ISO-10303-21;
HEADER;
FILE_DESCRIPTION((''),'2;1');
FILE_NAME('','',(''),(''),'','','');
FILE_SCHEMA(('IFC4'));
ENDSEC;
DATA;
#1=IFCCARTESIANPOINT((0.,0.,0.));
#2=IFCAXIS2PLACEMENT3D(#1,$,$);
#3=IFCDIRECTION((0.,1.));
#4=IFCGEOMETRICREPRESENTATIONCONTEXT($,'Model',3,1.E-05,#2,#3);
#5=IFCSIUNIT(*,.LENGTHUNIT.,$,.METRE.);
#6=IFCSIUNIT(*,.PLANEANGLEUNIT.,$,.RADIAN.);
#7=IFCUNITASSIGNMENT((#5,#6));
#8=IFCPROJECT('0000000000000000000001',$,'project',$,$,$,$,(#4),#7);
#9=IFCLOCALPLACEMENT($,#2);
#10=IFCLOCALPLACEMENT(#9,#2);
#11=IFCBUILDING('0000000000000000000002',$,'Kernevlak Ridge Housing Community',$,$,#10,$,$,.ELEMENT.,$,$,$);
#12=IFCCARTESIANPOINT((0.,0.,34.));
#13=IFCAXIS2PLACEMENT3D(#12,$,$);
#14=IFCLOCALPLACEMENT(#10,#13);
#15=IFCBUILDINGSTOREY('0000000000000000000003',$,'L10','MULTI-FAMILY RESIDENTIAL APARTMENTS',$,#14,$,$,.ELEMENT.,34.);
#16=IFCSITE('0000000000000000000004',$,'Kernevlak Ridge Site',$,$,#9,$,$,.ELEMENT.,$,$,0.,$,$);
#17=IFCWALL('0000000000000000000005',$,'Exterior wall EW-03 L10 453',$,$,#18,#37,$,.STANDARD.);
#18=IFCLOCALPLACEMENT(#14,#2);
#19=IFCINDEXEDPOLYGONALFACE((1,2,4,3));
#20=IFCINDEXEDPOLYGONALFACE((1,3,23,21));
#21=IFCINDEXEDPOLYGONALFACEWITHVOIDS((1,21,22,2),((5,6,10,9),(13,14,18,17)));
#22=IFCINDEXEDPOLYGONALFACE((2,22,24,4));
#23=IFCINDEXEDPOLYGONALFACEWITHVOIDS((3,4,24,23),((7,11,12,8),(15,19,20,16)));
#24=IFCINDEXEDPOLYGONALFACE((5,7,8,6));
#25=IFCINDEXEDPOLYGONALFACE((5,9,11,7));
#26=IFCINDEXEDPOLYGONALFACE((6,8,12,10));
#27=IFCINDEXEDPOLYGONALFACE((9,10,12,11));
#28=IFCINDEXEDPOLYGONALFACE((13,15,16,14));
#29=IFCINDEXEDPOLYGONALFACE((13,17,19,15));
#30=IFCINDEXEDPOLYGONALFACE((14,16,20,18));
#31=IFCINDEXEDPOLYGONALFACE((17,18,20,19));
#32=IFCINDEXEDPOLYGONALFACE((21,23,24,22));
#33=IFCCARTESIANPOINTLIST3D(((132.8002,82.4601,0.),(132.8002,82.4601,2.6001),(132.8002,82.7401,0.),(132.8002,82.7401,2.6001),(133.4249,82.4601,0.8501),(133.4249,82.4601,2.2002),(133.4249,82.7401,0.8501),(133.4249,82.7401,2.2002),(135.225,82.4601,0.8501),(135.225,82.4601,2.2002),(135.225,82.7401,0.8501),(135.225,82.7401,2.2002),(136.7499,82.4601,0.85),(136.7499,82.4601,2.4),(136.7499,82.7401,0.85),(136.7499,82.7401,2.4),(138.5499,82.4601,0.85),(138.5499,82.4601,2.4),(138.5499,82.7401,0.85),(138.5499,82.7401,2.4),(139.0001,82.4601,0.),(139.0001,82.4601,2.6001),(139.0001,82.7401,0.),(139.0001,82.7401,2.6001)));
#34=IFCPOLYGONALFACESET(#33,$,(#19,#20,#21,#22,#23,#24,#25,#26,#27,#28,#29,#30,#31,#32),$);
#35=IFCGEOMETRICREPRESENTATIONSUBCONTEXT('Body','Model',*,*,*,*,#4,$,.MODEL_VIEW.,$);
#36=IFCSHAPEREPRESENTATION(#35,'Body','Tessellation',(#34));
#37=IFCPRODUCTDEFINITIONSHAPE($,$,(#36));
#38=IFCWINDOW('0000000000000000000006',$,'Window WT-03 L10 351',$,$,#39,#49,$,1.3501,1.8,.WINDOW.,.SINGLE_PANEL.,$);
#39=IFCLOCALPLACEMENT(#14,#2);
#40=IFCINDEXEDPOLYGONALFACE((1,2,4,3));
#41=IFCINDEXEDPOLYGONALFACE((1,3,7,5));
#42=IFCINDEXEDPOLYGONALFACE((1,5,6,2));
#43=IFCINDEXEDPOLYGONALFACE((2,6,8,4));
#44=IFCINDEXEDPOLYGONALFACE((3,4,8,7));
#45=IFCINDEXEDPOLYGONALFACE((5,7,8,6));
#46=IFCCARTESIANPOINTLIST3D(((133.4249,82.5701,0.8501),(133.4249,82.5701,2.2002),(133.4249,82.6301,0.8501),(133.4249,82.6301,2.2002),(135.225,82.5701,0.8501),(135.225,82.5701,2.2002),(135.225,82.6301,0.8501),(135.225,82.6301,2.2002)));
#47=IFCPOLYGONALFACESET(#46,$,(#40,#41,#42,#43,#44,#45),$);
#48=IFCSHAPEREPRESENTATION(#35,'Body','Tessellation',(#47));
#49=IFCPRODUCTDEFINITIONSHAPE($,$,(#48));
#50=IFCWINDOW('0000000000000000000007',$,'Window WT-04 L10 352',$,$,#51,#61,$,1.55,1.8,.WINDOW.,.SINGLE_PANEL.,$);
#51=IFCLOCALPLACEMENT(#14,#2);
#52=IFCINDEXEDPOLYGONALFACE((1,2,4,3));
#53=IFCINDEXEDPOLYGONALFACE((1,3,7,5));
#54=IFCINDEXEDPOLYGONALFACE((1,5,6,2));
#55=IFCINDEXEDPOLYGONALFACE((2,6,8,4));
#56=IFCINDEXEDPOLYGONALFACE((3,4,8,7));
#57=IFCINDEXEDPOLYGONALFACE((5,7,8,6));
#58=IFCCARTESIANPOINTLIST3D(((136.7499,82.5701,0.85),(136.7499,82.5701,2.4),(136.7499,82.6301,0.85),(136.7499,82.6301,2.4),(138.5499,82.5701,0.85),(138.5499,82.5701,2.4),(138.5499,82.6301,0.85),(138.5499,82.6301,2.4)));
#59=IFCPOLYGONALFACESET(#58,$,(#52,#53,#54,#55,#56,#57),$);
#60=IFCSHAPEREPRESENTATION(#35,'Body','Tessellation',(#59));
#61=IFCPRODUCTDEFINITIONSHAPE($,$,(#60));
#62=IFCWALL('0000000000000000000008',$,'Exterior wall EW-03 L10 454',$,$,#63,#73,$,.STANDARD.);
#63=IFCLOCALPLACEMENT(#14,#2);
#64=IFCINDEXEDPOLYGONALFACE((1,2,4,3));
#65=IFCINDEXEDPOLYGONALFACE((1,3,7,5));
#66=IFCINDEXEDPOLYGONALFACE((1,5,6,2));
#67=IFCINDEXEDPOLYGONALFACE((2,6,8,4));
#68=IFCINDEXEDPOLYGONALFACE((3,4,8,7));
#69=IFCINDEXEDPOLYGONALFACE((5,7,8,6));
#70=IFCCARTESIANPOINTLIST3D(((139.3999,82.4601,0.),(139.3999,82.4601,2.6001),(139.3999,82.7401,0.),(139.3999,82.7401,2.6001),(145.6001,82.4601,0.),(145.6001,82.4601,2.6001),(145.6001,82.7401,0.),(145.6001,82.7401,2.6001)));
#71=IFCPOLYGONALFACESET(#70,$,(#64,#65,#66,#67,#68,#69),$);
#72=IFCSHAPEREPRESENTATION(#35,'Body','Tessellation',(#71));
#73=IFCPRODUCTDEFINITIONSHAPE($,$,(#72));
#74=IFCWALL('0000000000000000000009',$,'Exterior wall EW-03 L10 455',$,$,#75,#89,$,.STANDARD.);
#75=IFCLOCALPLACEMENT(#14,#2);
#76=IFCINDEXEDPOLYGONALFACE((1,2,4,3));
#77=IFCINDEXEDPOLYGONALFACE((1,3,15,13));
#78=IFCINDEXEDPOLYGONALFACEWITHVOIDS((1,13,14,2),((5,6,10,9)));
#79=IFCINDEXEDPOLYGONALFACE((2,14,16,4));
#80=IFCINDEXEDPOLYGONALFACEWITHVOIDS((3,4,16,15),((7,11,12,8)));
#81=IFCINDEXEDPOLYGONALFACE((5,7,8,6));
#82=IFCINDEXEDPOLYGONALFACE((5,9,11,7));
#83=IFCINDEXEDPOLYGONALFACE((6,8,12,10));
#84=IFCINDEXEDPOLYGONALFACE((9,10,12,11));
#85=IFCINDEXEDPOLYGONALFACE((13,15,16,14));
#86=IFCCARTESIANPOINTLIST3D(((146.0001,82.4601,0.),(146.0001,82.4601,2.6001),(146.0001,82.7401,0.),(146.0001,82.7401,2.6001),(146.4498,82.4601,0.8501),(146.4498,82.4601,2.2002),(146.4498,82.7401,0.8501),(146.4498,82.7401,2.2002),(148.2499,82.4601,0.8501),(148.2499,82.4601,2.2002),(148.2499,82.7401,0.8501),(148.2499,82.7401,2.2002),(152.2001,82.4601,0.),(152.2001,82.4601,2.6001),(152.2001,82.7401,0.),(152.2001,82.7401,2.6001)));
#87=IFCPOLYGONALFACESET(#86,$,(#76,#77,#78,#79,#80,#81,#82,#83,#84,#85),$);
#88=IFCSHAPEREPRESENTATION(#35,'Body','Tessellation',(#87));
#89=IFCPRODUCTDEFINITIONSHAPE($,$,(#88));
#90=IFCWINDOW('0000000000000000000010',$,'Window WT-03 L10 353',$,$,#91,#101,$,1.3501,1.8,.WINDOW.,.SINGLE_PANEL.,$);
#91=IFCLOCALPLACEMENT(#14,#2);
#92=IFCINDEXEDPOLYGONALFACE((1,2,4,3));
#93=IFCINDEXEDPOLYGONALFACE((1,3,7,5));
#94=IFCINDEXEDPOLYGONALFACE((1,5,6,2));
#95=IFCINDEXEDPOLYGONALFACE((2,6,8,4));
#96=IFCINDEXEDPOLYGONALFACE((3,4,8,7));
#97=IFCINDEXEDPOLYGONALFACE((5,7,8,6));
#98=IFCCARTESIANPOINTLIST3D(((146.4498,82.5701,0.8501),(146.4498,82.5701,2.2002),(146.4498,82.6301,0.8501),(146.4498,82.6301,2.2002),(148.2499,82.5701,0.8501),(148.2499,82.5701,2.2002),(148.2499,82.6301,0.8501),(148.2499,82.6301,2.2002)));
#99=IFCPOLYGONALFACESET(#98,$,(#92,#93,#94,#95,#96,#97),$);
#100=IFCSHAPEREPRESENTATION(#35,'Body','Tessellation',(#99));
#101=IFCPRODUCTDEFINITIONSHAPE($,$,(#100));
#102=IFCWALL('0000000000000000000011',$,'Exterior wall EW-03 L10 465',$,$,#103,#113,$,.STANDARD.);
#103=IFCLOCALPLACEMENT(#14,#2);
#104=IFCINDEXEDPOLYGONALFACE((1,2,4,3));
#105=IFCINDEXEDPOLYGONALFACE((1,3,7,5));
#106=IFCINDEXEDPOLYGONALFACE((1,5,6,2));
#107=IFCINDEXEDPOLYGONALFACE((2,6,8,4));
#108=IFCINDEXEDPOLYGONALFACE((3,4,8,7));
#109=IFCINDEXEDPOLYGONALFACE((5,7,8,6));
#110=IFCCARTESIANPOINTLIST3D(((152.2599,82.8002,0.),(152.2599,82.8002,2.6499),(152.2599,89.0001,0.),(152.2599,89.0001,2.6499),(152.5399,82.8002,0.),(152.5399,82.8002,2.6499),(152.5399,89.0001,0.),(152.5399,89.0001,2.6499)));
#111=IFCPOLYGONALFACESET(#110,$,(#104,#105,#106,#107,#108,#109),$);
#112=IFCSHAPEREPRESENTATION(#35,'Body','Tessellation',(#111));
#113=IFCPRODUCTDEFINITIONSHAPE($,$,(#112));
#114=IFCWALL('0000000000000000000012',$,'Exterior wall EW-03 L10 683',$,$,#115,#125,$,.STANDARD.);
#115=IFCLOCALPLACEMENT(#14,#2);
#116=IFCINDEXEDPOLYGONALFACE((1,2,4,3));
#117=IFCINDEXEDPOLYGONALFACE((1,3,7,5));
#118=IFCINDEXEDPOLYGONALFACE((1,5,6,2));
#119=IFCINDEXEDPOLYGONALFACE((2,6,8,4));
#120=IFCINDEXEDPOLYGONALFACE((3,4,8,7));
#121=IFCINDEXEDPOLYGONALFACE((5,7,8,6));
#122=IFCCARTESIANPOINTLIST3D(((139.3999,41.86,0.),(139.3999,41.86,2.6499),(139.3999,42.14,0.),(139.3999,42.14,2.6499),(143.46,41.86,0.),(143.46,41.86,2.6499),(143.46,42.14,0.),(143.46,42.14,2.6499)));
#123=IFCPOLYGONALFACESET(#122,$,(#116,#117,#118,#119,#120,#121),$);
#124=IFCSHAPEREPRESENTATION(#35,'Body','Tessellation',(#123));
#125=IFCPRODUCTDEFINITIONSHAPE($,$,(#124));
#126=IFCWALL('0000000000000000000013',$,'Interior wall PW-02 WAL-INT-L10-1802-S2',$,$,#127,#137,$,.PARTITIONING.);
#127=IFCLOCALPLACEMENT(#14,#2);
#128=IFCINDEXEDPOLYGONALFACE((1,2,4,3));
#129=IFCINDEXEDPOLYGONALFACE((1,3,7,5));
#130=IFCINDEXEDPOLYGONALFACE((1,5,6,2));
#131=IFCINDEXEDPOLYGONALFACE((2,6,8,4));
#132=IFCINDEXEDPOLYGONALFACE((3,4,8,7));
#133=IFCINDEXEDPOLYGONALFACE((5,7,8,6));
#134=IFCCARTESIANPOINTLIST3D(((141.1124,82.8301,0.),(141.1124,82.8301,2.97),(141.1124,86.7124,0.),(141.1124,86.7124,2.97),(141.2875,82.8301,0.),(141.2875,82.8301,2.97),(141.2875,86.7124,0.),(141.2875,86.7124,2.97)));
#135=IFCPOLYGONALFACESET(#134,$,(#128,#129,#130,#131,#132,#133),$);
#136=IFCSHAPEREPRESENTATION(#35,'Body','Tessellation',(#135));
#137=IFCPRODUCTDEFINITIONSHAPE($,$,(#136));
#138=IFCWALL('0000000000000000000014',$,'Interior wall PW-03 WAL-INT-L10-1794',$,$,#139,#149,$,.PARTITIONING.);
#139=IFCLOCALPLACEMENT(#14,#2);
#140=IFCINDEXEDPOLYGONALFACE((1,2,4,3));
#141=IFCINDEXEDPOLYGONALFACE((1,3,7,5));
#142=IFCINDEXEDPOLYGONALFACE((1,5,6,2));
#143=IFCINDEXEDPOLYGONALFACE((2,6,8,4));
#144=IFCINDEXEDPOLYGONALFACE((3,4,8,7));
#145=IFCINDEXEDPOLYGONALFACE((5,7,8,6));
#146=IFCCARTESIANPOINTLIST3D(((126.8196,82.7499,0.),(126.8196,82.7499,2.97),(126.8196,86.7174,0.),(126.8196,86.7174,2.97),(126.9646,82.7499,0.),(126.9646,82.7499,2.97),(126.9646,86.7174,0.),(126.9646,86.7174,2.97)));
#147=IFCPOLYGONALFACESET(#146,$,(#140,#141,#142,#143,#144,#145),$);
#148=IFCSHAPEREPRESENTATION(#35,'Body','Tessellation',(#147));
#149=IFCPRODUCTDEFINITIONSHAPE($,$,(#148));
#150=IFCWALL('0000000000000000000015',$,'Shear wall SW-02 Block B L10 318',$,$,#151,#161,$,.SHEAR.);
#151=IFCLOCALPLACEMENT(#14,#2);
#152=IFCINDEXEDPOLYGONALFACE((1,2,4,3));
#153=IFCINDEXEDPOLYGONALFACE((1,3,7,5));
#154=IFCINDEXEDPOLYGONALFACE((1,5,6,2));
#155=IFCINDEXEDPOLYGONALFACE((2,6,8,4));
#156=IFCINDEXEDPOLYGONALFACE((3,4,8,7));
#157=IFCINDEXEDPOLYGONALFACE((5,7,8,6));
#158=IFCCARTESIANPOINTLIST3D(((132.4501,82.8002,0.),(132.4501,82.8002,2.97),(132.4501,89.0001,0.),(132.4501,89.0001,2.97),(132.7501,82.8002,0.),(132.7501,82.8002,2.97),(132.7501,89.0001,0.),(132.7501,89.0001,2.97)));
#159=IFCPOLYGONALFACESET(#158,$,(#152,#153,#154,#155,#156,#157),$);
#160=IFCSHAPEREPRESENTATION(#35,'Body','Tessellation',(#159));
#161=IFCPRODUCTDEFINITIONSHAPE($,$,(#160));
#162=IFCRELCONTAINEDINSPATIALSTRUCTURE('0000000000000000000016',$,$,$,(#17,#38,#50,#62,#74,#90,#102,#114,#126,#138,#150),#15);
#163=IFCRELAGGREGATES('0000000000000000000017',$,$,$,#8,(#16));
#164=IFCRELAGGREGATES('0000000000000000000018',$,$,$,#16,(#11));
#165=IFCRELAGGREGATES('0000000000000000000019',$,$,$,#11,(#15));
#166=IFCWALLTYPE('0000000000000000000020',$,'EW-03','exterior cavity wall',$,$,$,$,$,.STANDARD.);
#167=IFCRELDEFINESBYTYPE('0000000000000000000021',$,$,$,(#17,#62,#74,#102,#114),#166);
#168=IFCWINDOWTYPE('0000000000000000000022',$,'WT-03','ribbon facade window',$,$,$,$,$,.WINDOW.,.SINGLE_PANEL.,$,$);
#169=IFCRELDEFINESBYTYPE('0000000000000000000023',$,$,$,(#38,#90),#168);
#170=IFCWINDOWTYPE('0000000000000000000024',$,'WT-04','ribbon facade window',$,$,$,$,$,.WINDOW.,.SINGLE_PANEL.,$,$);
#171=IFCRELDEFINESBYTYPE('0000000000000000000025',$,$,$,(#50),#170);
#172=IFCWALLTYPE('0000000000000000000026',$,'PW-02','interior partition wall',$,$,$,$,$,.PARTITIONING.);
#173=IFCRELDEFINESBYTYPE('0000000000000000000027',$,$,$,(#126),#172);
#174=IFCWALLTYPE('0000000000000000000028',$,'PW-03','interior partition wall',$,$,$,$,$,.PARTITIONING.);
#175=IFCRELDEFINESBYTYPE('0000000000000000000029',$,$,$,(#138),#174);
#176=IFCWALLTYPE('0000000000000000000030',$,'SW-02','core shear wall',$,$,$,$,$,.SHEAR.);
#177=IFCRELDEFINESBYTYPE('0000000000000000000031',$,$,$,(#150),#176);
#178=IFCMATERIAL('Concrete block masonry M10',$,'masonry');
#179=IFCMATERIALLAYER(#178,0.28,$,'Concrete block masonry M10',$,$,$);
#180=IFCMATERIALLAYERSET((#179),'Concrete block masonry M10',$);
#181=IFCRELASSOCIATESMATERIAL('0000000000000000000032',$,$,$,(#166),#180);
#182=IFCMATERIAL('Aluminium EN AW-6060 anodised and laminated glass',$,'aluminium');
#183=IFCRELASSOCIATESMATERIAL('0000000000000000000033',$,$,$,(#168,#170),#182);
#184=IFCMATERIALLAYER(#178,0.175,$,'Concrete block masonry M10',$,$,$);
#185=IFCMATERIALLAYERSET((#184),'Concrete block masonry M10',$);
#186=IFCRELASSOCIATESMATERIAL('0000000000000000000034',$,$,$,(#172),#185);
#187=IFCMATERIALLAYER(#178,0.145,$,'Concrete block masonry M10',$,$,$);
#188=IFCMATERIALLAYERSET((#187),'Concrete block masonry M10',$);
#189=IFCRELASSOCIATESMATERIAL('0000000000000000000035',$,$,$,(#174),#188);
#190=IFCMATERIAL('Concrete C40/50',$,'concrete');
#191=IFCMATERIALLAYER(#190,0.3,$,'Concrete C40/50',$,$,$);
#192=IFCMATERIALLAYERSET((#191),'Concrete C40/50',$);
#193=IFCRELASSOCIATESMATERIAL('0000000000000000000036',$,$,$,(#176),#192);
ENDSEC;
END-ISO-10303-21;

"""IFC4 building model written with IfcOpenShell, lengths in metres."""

from ifc_helpers import new_model, si_unit, direction, frame, frame_2d, origin, place, context, subcontext, project, spatial, rectangle, extrude, material, layer, layer_set, type_object, element, fill, save


model = new_model("IFC4")

# Units and contexts
model_context = context("Model", 3, precision=1e-05, world=origin(), true_north=direction((0.0, 1.0)))
body_context = subcontext(model_context, "Body", "Model", "MODEL_VIEW")
ifc_project = project(units=[si_unit("LENGTHUNIT", "METRE"), si_unit("PLANEANGLEUNIT", "RADIAN")], contexts=[model_context])

# Site, building, storey
site_placement = place(None, origin())
site = spatial("IfcSite", under=ifc_project, at=site_placement, Name="Kernevlak Ridge Site", CompositionType="ELEMENT", RefElevation=0.0)
building_placement = place(site_placement, origin())
building = spatial("IfcBuilding", under=site, at=building_placement, Name="Kernevlak Ridge Housing Community", CompositionType="ELEMENT")
storey_placement = place(building_placement, frame((0.0, 0.0, 34.0)))
storey = spatial("IfcBuildingStorey", under=building, at=storey_placement, Name="L10", Description="MULTI-FAMILY RESIDENTIAL APARTMENTS", CompositionType="ELEMENT", Elevation=34.0)

# Shared definitions
ifc_material_1 = material(Name="Concrete block masonry M10", Category="masonry")
ifc_layer_1 = layer(ifc_material_1, 0.28, Name="Concrete block masonry M10")
ifc_layer_set_1 = layer_set([ifc_layer_1], Name="Concrete block masonry M10")
wall_type_1 = type_object("IfcWallType", Name="EW-03", Description="exterior cavity wall", PredefinedType="STANDARD", material=ifc_layer_set_1)
ifc_material_2 = material(Name="Aluminium EN AW-6060 anodised and laminated glass", Category="aluminium")

# Wall, openings, windows
wall_1_placement = place(storey_placement, frame((132.8, 82.6001, 0.0), z_axis=(0.0, 0.0, 1.0), x_axis=(1.0, 0.0, 0.0)))
wall_1 = element("IfcWall", 1, at=wall_1_placement, inside=storey, type_object=wall_type_1, Name="Exterior wall EW-03 L10 453", PredefinedType="STANDARD", context=body_context, shape_type="SweptSolid", body=[
    extrude(rectangle(XDim=6.2, YDim=0.28, at=frame_2d((3.1001, 0.0))), origin(), (0.0, 0.0, 1.0), 2.6001),
])
opening_1_placement = place(wall_1_placement, frame((0.625, 0.0, 0.8501)))
opening_1 = element("IfcOpeningElement", 2, at=opening_1_placement, cuts=wall_1, PredefinedType="OPENING", context=body_context, shape_type="SweptSolid", body=[
    extrude(rectangle(XDim=1.8, YDim=1.3501, at=frame_2d((0.8999, 0.675))), frame((0.0, 0.1499, 0.0), z_axis=(0.0, -1.0, 0.0), x_axis=(1.0, 0.0, 0.0)), (0.0, 0.0, 1.0), 0.3),
])
opening_2_placement = place(wall_1_placement, frame((3.95, 0.0, 0.8501)))
opening_2 = element("IfcOpeningElement", 3, at=opening_2_placement, cuts=wall_1, PredefinedType="OPENING", context=body_context, shape_type="SweptSolid", body=[
    extrude(rectangle(XDim=1.8, YDim=1.55, at=frame_2d((0.8999, 0.7749))), frame((0.0, 0.1499, 0.0), z_axis=(0.0, -1.0, 0.0), x_axis=(1.0, 0.0, 0.0)), (0.0, 0.0, 1.0), 0.3),
])
window_type_1 = type_object("IfcWindowType", Name="WT-03", Description="ribbon facade window", PartitioningType="SINGLE_PANEL", PredefinedType="WINDOW", material=ifc_material_2)
window_1_placement = place(opening_1_placement, origin())
window_1 = element("IfcWindow", 4, at=window_1_placement, inside=storey, type_object=window_type_1, Name="Window WT-03 L10 351", OverallHeight=1.3501, OverallWidth=1.8, PartitioningType="SINGLE_PANEL", PredefinedType="WINDOW", context=body_context, shape_type="SweptSolid", body=[
    extrude(rectangle(XDim=1.8, YDim=1.3501, at=frame_2d((0.8999, 0.675))), frame((0.0, 0.03, 0.0), z_axis=(0.0, -1.0, 0.0), x_axis=(1.0, 0.0, 0.0)), (0.0, 0.0, 1.0), 0.0601),
])
fill(opening_1, window_1)
window_type_2 = type_object("IfcWindowType", Name="WT-04", Description="ribbon facade window", PartitioningType="SINGLE_PANEL", PredefinedType="WINDOW", material=ifc_material_2)
window_2_placement = place(opening_2_placement, origin())
window_2 = element("IfcWindow", 5, at=window_2_placement, inside=storey, type_object=window_type_2, Name="Window WT-04 L10 352", OverallHeight=1.55, OverallWidth=1.8, PartitioningType="SINGLE_PANEL", PredefinedType="WINDOW", context=body_context, shape_type="SweptSolid", body=[
    extrude(rectangle(XDim=1.8, YDim=1.55, at=frame_2d((0.8999, 0.7749))), frame((0.0, 0.03, 0.0), z_axis=(0.0, -1.0, 0.0), x_axis=(1.0, 0.0, 0.0)), (0.0, 0.0, 1.0), 0.0601),
])
fill(opening_2, window_2)

# Wall
wall_2_placement = place(storey_placement, frame((139.3999, 82.6001, 0.0), z_axis=(0.0, 0.0, 1.0), x_axis=(1.0, 0.0, 0.0)))
element("IfcWall", 6, at=wall_2_placement, inside=storey, type_object=wall_type_1, Name="Exterior wall EW-03 L10 454", PredefinedType="STANDARD", context=body_context, shape_type="SweptSolid", body=[
    extrude(rectangle(XDim=6.2002, YDim=0.28, at=frame_2d((3.1001, 0.0))), origin(), (0.0, 0.0, 1.0), 2.6001),
])

# Wall, opening, window
wall_3_placement = place(storey_placement, frame((146.0, 82.6001, 0.0), z_axis=(0.0, 0.0, 1.0), x_axis=(1.0, 0.0, 0.0)))
wall_3 = element("IfcWall", 7, at=wall_3_placement, inside=storey, type_object=wall_type_1, Name="Exterior wall EW-03 L10 455", PredefinedType="STANDARD", context=body_context, shape_type="SweptSolid", body=[
    extrude(rectangle(XDim=6.2, YDim=0.28, at=frame_2d((3.1001, 0.0))), origin(), (0.0, 0.0, 1.0), 2.6001),
])
opening_3_placement = place(wall_3_placement, frame((0.45, 0.0, 0.8501)))
opening_3 = element("IfcOpeningElement", 8, at=opening_3_placement, cuts=wall_3, PredefinedType="OPENING", context=body_context, shape_type="SweptSolid", body=[
    extrude(rectangle(XDim=1.8, YDim=1.3501, at=frame_2d((0.8999, 0.675))), frame((0.0, 0.1499, 0.0), z_axis=(0.0, -1.0, 0.0), x_axis=(1.0, 0.0, 0.0)), (0.0, 0.0, 1.0), 0.3),
])
window_3_placement = place(opening_3_placement, origin())
window_3 = element("IfcWindow", 9, at=window_3_placement, inside=storey, type_object=window_type_1, Name="Window WT-03 L10 353", OverallHeight=1.3501, OverallWidth=1.8, PartitioningType="SINGLE_PANEL", PredefinedType="WINDOW", context=body_context, shape_type="SweptSolid", body=[
    extrude(rectangle(XDim=1.8, YDim=1.3501, at=frame_2d((0.8999, 0.675))), frame((0.0, 0.03, 0.0), z_axis=(0.0, -1.0, 0.0), x_axis=(1.0, 0.0, 0.0)), (0.0, 0.0, 1.0), 0.0601),
])
fill(opening_3, window_3)

# Walls
wall_4_placement = place(storey_placement, frame((152.3999, 82.8, 0.0), z_axis=(0.0, 0.0, 1.0), x_axis=(0.0, 1.0, 0.0)))
element("IfcWall", 10, at=wall_4_placement, inside=storey, type_object=wall_type_1, Name="Exterior wall EW-03 L10 465", PredefinedType="STANDARD", context=body_context, shape_type="SweptSolid", body=[
    extrude(rectangle(XDim=6.2, YDim=0.28, at=frame_2d((3.1001, 0.0))), origin(), (0.0, 0.0, 1.0), 2.6499),
])
wall_5_placement = place(storey_placement, frame((139.3999, 42.0, 0.0), z_axis=(0.0, 0.0, 1.0), x_axis=(1.0, 0.0, 0.0)))
element("IfcWall", 11, at=wall_5_placement, inside=storey, type_object=wall_type_1, Name="Exterior wall EW-03 L10 683", PredefinedType="STANDARD", context=body_context, shape_type="SweptSolid", body=[
    extrude(rectangle(XDim=4.0601, YDim=0.28, at=frame_2d((2.03, 0.0))), origin(), (0.0, 0.0, 1.0), 2.6499),
])
ifc_layer_2 = layer(ifc_material_1, 0.175, Name="Concrete block masonry M10")
ifc_layer_set_2 = layer_set([ifc_layer_2], Name="Concrete block masonry M10")
wall_type_2 = type_object("IfcWallType", Name="PW-02", Description="interior partition wall", PredefinedType="PARTITIONING", material=ifc_layer_set_2)
wall_6_placement = place(storey_placement, frame((141.2, 86.7124, 0.0), z_axis=(0.0, 0.0, 1.0), x_axis=(0.0, -1.0, 0.0)))
element("IfcWall", 12, at=wall_6_placement, inside=storey, type_object=wall_type_2, Name="Interior wall PW-02 WAL-INT-L10-1802-S2", PredefinedType="PARTITIONING", context=body_context, shape_type="SweptSolid", body=[
    extrude(rectangle(XDim=3.8823, YDim=0.175, at=frame_2d((1.9412, 0.0))), origin(), (0.0, 0.0, 1.0), 2.97),
])
ifc_layer_3 = layer(ifc_material_1, 0.145, Name="Concrete block masonry M10")
ifc_layer_set_3 = layer_set([ifc_layer_3], Name="Concrete block masonry M10")
wall_type_3 = type_object("IfcWallType", Name="PW-03", Description="interior partition wall", PredefinedType="PARTITIONING", material=ifc_layer_set_3)
wall_7_placement = place(storey_placement, frame((126.8921, 86.7175, 0.0), z_axis=(0.0, 0.0, 1.0), x_axis=(0.0, -1.0, 0.0)))
element("IfcWall", 13, at=wall_7_placement, inside=storey, type_object=wall_type_3, Name="Interior wall PW-03 WAL-INT-L10-1794", PredefinedType="PARTITIONING", context=body_context, shape_type="SweptSolid", body=[
    extrude(rectangle(XDim=3.9675, YDim=0.145, at=frame_2d((1.9839, 0.0))), origin(), (0.0, 0.0, 1.0), 2.97),
])
ifc_material_3 = material(Name="Concrete C40/50", Category="concrete")
ifc_layer_4 = layer(ifc_material_3, 0.3, Name="Concrete C40/50")
ifc_layer_set_4 = layer_set([ifc_layer_4], Name="Concrete C40/50")
wall_type_4 = type_object("IfcWallType", Name="SW-02", Description="core shear wall", PredefinedType="SHEAR", material=ifc_layer_set_4)
wall_8_placement = place(storey_placement, frame((132.6001, 82.8, 0.0), z_axis=(0.0, 0.0, 1.0), x_axis=(0.0, 1.0, 0.0)))
element("IfcWall", 14, at=wall_8_placement, inside=storey, type_object=wall_type_4, Name="Shear wall SW-02 Block B L10 318", PredefinedType="SHEAR", context=body_context, shape_type="SweptSolid", body=[
    extrude(rectangle(XDim=6.2, YDim=0.3, at=frame_2d((3.1001, 0.0))), origin(), (0.0, 0.0, 1.0), 2.97),
])

save(model, "model.ifc")
